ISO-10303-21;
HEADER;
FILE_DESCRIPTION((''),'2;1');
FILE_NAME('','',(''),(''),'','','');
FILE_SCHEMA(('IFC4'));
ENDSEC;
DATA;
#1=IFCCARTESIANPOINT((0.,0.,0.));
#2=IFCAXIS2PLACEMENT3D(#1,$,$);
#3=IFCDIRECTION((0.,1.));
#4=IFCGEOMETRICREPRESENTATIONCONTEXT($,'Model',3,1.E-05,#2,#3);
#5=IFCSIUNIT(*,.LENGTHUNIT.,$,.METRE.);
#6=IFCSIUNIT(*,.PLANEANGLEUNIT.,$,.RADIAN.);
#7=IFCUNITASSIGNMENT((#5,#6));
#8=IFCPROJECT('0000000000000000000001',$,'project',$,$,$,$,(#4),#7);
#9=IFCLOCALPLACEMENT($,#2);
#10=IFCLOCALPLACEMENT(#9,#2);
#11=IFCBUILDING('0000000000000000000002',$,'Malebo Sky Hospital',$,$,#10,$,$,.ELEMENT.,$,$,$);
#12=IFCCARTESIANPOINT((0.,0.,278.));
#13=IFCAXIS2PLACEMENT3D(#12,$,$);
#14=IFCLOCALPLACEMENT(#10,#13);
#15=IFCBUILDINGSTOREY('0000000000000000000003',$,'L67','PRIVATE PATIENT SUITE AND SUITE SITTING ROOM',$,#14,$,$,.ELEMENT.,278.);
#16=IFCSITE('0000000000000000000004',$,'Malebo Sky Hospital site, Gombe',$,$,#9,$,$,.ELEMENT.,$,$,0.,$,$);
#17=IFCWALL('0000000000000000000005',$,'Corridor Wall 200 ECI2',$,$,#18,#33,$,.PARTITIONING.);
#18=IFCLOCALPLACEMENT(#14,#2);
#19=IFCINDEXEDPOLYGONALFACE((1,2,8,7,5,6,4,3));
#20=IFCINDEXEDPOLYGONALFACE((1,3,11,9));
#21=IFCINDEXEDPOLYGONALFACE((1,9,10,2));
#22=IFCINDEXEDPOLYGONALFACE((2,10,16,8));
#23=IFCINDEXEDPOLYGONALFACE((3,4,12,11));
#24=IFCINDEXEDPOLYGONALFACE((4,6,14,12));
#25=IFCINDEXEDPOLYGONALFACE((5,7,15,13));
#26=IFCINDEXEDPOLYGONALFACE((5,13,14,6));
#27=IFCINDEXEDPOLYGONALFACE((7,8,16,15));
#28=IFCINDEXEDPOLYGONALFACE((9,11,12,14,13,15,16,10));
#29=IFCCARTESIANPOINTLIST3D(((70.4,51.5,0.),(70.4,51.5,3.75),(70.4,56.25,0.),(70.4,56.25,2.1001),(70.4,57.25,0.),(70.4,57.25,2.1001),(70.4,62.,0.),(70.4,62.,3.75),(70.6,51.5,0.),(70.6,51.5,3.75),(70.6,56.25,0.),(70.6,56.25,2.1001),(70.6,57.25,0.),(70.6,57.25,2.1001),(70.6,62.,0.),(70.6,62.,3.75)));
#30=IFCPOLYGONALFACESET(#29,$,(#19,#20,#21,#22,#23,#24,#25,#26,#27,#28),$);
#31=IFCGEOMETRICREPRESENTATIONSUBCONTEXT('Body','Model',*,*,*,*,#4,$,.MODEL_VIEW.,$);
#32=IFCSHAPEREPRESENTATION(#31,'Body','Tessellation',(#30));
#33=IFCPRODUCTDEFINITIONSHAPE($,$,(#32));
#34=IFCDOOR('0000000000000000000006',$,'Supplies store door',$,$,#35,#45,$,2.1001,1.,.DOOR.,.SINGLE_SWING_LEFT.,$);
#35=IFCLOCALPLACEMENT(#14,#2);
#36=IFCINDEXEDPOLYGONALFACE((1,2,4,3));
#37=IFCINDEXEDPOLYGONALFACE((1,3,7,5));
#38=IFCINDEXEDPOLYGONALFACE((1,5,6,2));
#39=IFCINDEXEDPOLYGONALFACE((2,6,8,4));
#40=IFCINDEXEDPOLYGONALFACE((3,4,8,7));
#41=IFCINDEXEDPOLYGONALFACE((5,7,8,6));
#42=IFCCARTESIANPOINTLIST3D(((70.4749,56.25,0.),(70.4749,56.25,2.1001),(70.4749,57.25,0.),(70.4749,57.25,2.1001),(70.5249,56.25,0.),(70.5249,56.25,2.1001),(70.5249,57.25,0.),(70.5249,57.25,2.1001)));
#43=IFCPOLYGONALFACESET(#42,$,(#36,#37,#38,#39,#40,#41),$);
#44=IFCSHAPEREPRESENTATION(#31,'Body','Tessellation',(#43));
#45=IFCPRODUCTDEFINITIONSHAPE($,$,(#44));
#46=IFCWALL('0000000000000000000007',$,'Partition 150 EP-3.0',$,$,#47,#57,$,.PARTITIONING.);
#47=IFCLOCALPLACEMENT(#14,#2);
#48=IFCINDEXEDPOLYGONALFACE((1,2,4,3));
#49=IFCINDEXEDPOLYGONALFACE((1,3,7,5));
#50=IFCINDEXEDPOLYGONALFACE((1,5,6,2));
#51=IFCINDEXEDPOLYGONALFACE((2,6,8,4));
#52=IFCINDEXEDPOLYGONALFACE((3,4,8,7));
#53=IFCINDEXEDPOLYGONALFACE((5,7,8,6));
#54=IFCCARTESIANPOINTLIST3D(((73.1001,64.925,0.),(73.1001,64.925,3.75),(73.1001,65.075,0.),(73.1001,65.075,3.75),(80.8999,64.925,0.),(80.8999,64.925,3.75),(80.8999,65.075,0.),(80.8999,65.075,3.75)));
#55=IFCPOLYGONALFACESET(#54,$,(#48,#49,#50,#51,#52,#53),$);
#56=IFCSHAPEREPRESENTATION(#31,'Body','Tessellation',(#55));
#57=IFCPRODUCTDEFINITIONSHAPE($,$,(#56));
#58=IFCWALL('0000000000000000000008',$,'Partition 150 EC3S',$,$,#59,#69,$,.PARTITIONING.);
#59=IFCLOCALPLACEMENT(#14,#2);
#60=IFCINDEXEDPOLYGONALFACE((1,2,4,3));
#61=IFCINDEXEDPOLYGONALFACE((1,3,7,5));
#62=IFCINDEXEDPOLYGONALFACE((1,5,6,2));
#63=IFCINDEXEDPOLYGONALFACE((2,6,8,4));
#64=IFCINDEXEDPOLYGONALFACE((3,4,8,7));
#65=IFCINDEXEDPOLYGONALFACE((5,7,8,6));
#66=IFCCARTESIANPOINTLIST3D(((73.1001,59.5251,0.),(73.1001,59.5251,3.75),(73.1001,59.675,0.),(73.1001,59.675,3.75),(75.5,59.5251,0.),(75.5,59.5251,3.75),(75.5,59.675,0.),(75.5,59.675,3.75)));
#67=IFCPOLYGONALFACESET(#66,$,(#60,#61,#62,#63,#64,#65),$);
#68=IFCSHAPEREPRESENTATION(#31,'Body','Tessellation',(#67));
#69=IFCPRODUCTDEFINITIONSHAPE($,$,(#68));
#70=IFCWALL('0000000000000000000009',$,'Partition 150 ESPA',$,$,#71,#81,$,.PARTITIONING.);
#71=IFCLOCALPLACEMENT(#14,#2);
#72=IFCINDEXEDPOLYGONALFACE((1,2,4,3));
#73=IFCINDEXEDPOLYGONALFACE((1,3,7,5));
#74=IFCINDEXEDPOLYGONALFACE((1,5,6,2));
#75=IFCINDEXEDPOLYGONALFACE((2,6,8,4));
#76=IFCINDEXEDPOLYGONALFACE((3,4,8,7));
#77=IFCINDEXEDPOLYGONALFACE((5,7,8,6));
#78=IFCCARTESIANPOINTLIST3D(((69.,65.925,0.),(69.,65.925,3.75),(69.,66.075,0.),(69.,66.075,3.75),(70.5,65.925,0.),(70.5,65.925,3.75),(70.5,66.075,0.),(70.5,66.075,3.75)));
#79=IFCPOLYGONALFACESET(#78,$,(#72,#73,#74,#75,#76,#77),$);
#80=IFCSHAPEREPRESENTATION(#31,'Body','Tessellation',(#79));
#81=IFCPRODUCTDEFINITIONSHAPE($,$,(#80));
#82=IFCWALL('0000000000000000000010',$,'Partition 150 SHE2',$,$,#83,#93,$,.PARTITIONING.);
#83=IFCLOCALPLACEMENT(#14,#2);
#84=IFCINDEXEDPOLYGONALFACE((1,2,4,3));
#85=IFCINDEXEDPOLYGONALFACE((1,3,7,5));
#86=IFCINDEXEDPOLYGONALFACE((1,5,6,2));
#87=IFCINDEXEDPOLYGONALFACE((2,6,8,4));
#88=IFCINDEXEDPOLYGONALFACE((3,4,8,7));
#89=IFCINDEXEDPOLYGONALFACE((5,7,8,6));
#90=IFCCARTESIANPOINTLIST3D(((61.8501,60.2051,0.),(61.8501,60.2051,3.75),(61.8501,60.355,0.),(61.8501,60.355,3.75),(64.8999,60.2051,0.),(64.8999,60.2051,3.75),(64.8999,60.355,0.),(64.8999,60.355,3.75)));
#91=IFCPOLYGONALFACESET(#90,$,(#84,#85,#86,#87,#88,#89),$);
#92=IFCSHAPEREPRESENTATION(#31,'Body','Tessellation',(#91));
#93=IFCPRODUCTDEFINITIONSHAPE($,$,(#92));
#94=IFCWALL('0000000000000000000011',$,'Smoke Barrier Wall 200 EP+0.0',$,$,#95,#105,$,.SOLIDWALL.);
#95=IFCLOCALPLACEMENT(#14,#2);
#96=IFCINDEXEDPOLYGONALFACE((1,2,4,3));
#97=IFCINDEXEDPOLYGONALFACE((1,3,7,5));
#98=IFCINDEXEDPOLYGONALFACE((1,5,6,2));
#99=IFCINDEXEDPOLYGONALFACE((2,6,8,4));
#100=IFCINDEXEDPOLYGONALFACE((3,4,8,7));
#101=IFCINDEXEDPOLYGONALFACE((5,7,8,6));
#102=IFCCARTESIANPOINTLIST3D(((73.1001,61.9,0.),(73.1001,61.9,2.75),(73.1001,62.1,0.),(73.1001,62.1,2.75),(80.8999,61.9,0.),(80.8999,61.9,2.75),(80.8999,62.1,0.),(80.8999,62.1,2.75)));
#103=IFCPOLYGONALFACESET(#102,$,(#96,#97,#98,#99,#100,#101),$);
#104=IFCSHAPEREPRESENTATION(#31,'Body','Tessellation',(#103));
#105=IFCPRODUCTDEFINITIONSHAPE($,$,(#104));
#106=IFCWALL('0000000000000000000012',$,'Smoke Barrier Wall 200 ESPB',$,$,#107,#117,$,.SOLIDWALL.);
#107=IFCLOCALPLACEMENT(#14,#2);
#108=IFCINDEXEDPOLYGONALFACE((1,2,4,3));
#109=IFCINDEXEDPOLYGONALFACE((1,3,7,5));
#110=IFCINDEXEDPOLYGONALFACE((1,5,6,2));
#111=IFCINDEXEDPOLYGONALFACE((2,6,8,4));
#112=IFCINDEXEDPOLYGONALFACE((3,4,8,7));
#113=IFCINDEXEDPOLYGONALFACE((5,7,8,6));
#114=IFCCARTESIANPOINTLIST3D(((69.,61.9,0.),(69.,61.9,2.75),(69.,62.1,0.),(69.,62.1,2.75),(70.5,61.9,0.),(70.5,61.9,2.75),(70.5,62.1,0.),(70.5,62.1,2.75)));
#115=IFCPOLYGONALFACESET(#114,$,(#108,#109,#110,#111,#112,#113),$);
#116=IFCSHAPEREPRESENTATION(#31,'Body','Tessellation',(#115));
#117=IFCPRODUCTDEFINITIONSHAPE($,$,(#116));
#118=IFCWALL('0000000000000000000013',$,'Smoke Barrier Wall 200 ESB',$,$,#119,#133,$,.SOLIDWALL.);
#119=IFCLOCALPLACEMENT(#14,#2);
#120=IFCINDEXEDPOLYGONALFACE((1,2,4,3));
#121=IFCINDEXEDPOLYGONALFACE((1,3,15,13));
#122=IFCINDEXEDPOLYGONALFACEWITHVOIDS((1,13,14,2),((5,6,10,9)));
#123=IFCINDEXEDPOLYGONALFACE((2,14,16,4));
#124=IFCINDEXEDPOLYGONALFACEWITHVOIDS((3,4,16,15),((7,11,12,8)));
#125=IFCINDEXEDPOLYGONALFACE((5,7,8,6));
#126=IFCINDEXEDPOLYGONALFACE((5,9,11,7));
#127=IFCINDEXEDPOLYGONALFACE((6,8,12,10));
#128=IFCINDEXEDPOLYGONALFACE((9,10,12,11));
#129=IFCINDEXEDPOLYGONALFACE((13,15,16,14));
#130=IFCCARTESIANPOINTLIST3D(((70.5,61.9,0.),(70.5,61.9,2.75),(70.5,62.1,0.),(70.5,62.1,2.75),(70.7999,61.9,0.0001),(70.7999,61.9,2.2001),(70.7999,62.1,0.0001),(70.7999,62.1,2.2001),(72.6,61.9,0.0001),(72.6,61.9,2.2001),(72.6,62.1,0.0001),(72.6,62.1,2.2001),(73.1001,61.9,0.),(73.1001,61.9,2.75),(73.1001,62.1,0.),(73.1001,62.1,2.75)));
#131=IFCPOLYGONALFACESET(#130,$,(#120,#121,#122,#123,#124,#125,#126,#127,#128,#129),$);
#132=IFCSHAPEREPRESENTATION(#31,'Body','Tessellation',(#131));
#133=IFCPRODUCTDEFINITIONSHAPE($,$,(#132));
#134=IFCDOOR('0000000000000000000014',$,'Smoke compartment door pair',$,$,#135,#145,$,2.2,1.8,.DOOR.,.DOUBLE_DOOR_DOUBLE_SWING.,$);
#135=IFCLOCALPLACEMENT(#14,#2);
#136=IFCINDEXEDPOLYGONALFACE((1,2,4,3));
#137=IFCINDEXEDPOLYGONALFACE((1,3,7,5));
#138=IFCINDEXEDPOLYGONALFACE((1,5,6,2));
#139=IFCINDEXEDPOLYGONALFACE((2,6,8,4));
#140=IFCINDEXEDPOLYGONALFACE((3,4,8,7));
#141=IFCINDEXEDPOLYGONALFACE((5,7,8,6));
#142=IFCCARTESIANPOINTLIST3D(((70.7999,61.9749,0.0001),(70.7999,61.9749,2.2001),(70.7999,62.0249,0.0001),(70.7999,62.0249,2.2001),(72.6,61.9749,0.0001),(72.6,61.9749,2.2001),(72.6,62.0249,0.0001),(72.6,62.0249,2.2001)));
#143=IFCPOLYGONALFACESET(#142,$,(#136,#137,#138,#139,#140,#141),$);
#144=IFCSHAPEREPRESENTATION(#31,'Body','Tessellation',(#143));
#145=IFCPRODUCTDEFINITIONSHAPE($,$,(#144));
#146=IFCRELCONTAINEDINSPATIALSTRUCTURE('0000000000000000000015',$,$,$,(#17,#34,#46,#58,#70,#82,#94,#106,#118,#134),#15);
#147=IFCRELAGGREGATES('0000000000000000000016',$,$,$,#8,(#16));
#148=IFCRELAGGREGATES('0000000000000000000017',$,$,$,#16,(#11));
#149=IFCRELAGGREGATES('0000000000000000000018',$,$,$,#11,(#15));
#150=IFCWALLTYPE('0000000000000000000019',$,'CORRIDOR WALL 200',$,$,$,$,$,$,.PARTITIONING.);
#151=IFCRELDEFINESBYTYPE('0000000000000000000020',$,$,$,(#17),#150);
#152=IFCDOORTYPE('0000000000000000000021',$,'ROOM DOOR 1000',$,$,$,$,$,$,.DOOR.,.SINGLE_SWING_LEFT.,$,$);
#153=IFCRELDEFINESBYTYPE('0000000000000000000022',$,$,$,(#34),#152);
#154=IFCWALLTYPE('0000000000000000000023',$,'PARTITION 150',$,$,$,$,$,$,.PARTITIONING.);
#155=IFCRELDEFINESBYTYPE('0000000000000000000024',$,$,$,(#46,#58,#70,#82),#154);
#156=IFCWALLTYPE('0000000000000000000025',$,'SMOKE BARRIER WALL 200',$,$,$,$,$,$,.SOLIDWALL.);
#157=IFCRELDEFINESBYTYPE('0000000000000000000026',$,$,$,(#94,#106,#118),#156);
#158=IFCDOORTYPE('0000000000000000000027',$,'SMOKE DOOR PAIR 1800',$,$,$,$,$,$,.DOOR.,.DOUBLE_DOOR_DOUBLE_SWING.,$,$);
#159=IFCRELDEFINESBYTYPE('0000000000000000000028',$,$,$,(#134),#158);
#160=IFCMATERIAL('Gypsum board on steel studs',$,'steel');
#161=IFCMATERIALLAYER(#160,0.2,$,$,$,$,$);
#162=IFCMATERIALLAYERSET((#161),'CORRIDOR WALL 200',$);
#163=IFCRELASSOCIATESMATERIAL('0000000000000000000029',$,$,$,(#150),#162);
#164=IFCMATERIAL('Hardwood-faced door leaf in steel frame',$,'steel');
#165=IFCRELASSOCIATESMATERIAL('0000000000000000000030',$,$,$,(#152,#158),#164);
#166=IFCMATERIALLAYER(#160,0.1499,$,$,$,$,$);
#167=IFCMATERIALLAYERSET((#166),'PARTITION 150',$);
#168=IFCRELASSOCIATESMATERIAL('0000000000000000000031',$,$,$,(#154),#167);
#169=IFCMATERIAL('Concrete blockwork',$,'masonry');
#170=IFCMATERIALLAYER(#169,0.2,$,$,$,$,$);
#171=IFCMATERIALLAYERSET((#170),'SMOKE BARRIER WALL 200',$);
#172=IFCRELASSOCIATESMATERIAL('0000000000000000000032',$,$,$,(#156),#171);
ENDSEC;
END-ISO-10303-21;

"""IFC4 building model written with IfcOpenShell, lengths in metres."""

from ifc_helpers import new_model, si_unit, direction, frame, frame_2d, origin, place, context, subcontext, project, spatial, rectangle, extrude, material, layer, layer_set, type_object, element, fill, save


model = new_model("IFC4")

# Units and contexts
model_context = context("Model", 3, precision=1e-05, world=origin(), true_north=direction((0.0, 1.0)))
body_context = subcontext(model_context, "Body", "Model", "MODEL_VIEW")
ifc_project = project(units=[si_unit("LENGTHUNIT", "METRE"), si_unit("PLANEANGLEUNIT", "RADIAN")], contexts=[model_context])

# Site, building, storey
site_placement = place(None, origin())
site = spatial("IfcSite", under=ifc_project, at=site_placement, Name="Malebo Sky Hospital site, Gombe", CompositionType="ELEMENT", RefElevation=0.0)
building_placement = place(site_placement, origin())
building = spatial("IfcBuilding", under=site, at=building_placement, Name="Malebo Sky Hospital", CompositionType="ELEMENT")
storey_placement = place(building_placement, frame((0.0, 0.0, 278.0)))
storey = spatial("IfcBuildingStorey", under=building, at=storey_placement, Name="L67", Description="PRIVATE PATIENT SUITE AND SUITE SITTING ROOM", CompositionType="ELEMENT", Elevation=278.0)

# Wall, opening, door
ifc_material_1 = material(Name="Hardwood-faced door leaf in steel frame", Category="steel")
ifc_material_2 = material(Name="Gypsum board on steel studs", Category="steel")
ifc_layer_1 = layer(ifc_material_2, 0.2)
ifc_layer_set_1 = layer_set([ifc_layer_1], Name="CORRIDOR WALL 200")
wall_type_1 = type_object("IfcWallType", Name="CORRIDOR WALL 200", PredefinedType="PARTITIONING", material=ifc_layer_set_1)
wall_1_placement = place(storey_placement, frame((70.5, 62.0, 0.0), z_axis=(0.0, 0.0, 1.0), x_axis=(0.0, -1.0, 0.0)))
wall_1 = element("IfcWall", 1, at=wall_1_placement, inside=storey, type_object=wall_type_1, Name="Corridor Wall 200 ECI2", PredefinedType="PARTITIONING", context=body_context, shape_type="SweptSolid", body=[
    extrude(rectangle(XDim=10.5, YDim=0.2, at=frame_2d((5.25, 0.0))), origin(), (0.0, 0.0, 1.0), 3.75),
])
opening_1_placement = place(wall_1_placement, frame((4.75, 0.0, 0.0)))
opening_1 = element("IfcOpeningElement", 2, at=opening_1_placement, cuts=wall_1, PredefinedType="OPENING", context=body_context, shape_type="SweptSolid", body=[
    extrude(rectangle(XDim=1.0, YDim=2.1001, at=frame_2d((0.5, 1.05))), frame((0.0, 0.1099, 0.0), z_axis=(0.0, -1.0, 0.0), x_axis=(1.0, 0.0, 0.0)), (0.0, 0.0, 1.0), 0.22),
])
door_type_1 = type_object("IfcDoorType", Name="ROOM DOOR 1000", OperationType="SINGLE_SWING_LEFT", PredefinedType="DOOR", material=ifc_material_1)
door_1_placement = place(opening_1_placement, origin())
door_1 = element("IfcDoor", 3, at=door_1_placement, inside=storey, type_object=door_type_1, Name="Supplies store door", OperationType="SINGLE_SWING_LEFT", OverallHeight=2.1001, OverallWidth=1.0, PredefinedType="DOOR", context=body_context, shape_type="SweptSolid", body=[
    extrude(rectangle(XDim=1.0, YDim=2.1001, at=frame_2d((0.5, 1.05))), frame((0.0, 0.0249, 0.0), z_axis=(0.0, -1.0, 0.0), x_axis=(1.0, 0.0, 0.0)), (0.0, 0.0, 1.0), 0.05),
])
fill(opening_1, door_1)

# Walls
ifc_layer_2 = layer(ifc_material_2, 0.1499)
ifc_layer_set_2 = layer_set([ifc_layer_2], Name="PARTITION 150")
wall_type_2 = type_object("IfcWallType", Name="PARTITION 150", PredefinedType="PARTITIONING", material=ifc_layer_set_2)
wall_2_placement = place(storey_placement, frame((73.1001, 65.0, 0.0), z_axis=(0.0, 0.0, 1.0), x_axis=(1.0, 0.0, 0.0)))
element("IfcWall", 4, at=wall_2_placement, inside=storey, type_object=wall_type_2, Name="Partition 150 EP-3.0", PredefinedType="PARTITIONING", context=body_context, shape_type="SweptSolid", body=[
    extrude(rectangle(XDim=7.7998, YDim=0.1499, at=frame_2d((3.8999, 0.0))), origin(), (0.0, 0.0, 1.0), 3.75),
])
wall_3_placement = place(storey_placement, frame((73.1001, 59.6001, 0.0), z_axis=(0.0, 0.0, 1.0), x_axis=(1.0, 0.0, 0.0)))
element("IfcWall", 5, at=wall_3_placement, inside=storey, type_object=wall_type_2, Name="Partition 150 EC3S", PredefinedType="PARTITIONING", context=body_context, shape_type="SweptSolid", body=[
    extrude(rectangle(XDim=2.3999, YDim=0.1499, at=frame_2d((1.2, 0.0))), origin(), (0.0, 0.0, 1.0), 3.75),
])
wall_4_placement = place(storey_placement, frame((69.0, 66.0, 0.0), z_axis=(0.0, 0.0, 1.0), x_axis=(1.0, 0.0, 0.0)))
element("IfcWall", 6, at=wall_4_placement, inside=storey, type_object=wall_type_2, Name="Partition 150 ESPA", PredefinedType="PARTITIONING", context=body_context, shape_type="SweptSolid", body=[
    extrude(rectangle(XDim=1.5, YDim=0.1499, at=frame_2d((0.75, 0.0))), origin(), (0.0, 0.0, 1.0), 3.75),
])
wall_5_placement = place(storey_placement, frame((61.8501, 60.28, 0.0), z_axis=(0.0, 0.0, 1.0), x_axis=(1.0, 0.0, 0.0)))
element("IfcWall", 7, at=wall_5_placement, inside=storey, type_object=wall_type_2, Name="Partition 150 SHE2", PredefinedType="PARTITIONING", context=body_context, shape_type="SweptSolid", body=[
    extrude(rectangle(XDim=3.0498, YDim=0.1499, at=frame_2d((1.5249, 0.0))), origin(), (0.0, 0.0, 1.0), 3.75),
])
ifc_material_3 = material(Name="Concrete blockwork", Category="masonry")
ifc_layer_3 = layer(ifc_material_3, 0.2)
ifc_layer_set_3 = layer_set([ifc_layer_3], Name="SMOKE BARRIER WALL 200")
wall_type_3 = type_object("IfcWallType", Name="SMOKE BARRIER WALL 200", PredefinedType="SOLIDWALL", material=ifc_layer_set_3)
wall_6_placement = place(storey_placement, frame((73.1001, 62.0, 0.0), z_axis=(0.0, 0.0, 1.0), x_axis=(1.0, 0.0, 0.0)))
element("IfcWall", 8, at=wall_6_placement, inside=storey, type_object=wall_type_3, Name="Smoke Barrier Wall 200 EP+0.0", PredefinedType="SOLIDWALL", context=body_context, shape_type="SweptSolid", body=[
    extrude(rectangle(XDim=7.7998, YDim=0.2, at=frame_2d((3.8999, 0.0))), origin(), (0.0, 0.0, 1.0), 2.75),
])
wall_7_placement = place(storey_placement, frame((69.0, 62.0, 0.0), z_axis=(0.0, 0.0, 1.0), x_axis=(1.0, 0.0, 0.0)))
element("IfcWall", 9, at=wall_7_placement, inside=storey, type_object=wall_type_3, Name="Smoke Barrier Wall 200 ESPB", PredefinedType="SOLIDWALL", context=body_context, shape_type="SweptSolid", body=[
    extrude(rectangle(XDim=1.5, YDim=0.2, at=frame_2d((0.75, 0.0))), origin(), (0.0, 0.0, 1.0), 2.75),
])

# Wall, opening, door
wall_8_placement = place(storey_placement, frame((70.5, 62.0, 0.0), z_axis=(0.0, 0.0, 1.0), x_axis=(1.0, 0.0, 0.0)))
wall_8 = element("IfcWall", 10, at=wall_8_placement, inside=storey, type_object=wall_type_3, Name="Smoke Barrier Wall 200 ESB", PredefinedType="SOLIDWALL", context=body_context, shape_type="SweptSolid", body=[
    extrude(rectangle(XDim=2.6001, YDim=0.2, at=frame_2d((1.3, 0.0))), origin(), (0.0, 0.0, 1.0), 2.75),
])
opening_2_placement = place(wall_8_placement, frame((0.3, 0.0, 0.0)))
opening_2 = element("IfcOpeningElement", 11, at=opening_2_placement, cuts=wall_8, PredefinedType="OPENING", context=body_context, shape_type="SweptSolid", body=[
    extrude(rectangle(XDim=1.8, YDim=2.2, at=frame_2d((0.8999, 1.1001))), frame((0.0, 0.1099, 0.0), z_axis=(0.0, -1.0, 0.0), x_axis=(1.0, 0.0, 0.0)), (0.0, 0.0, 1.0), 0.22),
])
door_type_2 = type_object("IfcDoorType", Name="SMOKE DOOR PAIR 1800", OperationType="DOUBLE_DOOR_DOUBLE_SWING", PredefinedType="DOOR", material=ifc_material_1)
door_2_placement = place(opening_2_placement, origin())
door_2 = element("IfcDoor", 12, at=door_2_placement, inside=storey, type_object=door_type_2, Name="Smoke compartment door pair", OperationType="DOUBLE_DOOR_DOUBLE_SWING", OverallHeight=2.2, OverallWidth=1.8, PredefinedType="DOOR", context=body_context, shape_type="SweptSolid", body=[
    extrude(rectangle(XDim=1.8, YDim=2.2, at=frame_2d((0.8999, 1.1001))), frame((0.0, 0.0249, 0.0), z_axis=(0.0, -1.0, 0.0), x_axis=(1.0, 0.0, 0.0)), (0.0, 0.0, 1.0), 0.05),
])
fill(opening_2, door_2)

save(model, "model.ifc")
